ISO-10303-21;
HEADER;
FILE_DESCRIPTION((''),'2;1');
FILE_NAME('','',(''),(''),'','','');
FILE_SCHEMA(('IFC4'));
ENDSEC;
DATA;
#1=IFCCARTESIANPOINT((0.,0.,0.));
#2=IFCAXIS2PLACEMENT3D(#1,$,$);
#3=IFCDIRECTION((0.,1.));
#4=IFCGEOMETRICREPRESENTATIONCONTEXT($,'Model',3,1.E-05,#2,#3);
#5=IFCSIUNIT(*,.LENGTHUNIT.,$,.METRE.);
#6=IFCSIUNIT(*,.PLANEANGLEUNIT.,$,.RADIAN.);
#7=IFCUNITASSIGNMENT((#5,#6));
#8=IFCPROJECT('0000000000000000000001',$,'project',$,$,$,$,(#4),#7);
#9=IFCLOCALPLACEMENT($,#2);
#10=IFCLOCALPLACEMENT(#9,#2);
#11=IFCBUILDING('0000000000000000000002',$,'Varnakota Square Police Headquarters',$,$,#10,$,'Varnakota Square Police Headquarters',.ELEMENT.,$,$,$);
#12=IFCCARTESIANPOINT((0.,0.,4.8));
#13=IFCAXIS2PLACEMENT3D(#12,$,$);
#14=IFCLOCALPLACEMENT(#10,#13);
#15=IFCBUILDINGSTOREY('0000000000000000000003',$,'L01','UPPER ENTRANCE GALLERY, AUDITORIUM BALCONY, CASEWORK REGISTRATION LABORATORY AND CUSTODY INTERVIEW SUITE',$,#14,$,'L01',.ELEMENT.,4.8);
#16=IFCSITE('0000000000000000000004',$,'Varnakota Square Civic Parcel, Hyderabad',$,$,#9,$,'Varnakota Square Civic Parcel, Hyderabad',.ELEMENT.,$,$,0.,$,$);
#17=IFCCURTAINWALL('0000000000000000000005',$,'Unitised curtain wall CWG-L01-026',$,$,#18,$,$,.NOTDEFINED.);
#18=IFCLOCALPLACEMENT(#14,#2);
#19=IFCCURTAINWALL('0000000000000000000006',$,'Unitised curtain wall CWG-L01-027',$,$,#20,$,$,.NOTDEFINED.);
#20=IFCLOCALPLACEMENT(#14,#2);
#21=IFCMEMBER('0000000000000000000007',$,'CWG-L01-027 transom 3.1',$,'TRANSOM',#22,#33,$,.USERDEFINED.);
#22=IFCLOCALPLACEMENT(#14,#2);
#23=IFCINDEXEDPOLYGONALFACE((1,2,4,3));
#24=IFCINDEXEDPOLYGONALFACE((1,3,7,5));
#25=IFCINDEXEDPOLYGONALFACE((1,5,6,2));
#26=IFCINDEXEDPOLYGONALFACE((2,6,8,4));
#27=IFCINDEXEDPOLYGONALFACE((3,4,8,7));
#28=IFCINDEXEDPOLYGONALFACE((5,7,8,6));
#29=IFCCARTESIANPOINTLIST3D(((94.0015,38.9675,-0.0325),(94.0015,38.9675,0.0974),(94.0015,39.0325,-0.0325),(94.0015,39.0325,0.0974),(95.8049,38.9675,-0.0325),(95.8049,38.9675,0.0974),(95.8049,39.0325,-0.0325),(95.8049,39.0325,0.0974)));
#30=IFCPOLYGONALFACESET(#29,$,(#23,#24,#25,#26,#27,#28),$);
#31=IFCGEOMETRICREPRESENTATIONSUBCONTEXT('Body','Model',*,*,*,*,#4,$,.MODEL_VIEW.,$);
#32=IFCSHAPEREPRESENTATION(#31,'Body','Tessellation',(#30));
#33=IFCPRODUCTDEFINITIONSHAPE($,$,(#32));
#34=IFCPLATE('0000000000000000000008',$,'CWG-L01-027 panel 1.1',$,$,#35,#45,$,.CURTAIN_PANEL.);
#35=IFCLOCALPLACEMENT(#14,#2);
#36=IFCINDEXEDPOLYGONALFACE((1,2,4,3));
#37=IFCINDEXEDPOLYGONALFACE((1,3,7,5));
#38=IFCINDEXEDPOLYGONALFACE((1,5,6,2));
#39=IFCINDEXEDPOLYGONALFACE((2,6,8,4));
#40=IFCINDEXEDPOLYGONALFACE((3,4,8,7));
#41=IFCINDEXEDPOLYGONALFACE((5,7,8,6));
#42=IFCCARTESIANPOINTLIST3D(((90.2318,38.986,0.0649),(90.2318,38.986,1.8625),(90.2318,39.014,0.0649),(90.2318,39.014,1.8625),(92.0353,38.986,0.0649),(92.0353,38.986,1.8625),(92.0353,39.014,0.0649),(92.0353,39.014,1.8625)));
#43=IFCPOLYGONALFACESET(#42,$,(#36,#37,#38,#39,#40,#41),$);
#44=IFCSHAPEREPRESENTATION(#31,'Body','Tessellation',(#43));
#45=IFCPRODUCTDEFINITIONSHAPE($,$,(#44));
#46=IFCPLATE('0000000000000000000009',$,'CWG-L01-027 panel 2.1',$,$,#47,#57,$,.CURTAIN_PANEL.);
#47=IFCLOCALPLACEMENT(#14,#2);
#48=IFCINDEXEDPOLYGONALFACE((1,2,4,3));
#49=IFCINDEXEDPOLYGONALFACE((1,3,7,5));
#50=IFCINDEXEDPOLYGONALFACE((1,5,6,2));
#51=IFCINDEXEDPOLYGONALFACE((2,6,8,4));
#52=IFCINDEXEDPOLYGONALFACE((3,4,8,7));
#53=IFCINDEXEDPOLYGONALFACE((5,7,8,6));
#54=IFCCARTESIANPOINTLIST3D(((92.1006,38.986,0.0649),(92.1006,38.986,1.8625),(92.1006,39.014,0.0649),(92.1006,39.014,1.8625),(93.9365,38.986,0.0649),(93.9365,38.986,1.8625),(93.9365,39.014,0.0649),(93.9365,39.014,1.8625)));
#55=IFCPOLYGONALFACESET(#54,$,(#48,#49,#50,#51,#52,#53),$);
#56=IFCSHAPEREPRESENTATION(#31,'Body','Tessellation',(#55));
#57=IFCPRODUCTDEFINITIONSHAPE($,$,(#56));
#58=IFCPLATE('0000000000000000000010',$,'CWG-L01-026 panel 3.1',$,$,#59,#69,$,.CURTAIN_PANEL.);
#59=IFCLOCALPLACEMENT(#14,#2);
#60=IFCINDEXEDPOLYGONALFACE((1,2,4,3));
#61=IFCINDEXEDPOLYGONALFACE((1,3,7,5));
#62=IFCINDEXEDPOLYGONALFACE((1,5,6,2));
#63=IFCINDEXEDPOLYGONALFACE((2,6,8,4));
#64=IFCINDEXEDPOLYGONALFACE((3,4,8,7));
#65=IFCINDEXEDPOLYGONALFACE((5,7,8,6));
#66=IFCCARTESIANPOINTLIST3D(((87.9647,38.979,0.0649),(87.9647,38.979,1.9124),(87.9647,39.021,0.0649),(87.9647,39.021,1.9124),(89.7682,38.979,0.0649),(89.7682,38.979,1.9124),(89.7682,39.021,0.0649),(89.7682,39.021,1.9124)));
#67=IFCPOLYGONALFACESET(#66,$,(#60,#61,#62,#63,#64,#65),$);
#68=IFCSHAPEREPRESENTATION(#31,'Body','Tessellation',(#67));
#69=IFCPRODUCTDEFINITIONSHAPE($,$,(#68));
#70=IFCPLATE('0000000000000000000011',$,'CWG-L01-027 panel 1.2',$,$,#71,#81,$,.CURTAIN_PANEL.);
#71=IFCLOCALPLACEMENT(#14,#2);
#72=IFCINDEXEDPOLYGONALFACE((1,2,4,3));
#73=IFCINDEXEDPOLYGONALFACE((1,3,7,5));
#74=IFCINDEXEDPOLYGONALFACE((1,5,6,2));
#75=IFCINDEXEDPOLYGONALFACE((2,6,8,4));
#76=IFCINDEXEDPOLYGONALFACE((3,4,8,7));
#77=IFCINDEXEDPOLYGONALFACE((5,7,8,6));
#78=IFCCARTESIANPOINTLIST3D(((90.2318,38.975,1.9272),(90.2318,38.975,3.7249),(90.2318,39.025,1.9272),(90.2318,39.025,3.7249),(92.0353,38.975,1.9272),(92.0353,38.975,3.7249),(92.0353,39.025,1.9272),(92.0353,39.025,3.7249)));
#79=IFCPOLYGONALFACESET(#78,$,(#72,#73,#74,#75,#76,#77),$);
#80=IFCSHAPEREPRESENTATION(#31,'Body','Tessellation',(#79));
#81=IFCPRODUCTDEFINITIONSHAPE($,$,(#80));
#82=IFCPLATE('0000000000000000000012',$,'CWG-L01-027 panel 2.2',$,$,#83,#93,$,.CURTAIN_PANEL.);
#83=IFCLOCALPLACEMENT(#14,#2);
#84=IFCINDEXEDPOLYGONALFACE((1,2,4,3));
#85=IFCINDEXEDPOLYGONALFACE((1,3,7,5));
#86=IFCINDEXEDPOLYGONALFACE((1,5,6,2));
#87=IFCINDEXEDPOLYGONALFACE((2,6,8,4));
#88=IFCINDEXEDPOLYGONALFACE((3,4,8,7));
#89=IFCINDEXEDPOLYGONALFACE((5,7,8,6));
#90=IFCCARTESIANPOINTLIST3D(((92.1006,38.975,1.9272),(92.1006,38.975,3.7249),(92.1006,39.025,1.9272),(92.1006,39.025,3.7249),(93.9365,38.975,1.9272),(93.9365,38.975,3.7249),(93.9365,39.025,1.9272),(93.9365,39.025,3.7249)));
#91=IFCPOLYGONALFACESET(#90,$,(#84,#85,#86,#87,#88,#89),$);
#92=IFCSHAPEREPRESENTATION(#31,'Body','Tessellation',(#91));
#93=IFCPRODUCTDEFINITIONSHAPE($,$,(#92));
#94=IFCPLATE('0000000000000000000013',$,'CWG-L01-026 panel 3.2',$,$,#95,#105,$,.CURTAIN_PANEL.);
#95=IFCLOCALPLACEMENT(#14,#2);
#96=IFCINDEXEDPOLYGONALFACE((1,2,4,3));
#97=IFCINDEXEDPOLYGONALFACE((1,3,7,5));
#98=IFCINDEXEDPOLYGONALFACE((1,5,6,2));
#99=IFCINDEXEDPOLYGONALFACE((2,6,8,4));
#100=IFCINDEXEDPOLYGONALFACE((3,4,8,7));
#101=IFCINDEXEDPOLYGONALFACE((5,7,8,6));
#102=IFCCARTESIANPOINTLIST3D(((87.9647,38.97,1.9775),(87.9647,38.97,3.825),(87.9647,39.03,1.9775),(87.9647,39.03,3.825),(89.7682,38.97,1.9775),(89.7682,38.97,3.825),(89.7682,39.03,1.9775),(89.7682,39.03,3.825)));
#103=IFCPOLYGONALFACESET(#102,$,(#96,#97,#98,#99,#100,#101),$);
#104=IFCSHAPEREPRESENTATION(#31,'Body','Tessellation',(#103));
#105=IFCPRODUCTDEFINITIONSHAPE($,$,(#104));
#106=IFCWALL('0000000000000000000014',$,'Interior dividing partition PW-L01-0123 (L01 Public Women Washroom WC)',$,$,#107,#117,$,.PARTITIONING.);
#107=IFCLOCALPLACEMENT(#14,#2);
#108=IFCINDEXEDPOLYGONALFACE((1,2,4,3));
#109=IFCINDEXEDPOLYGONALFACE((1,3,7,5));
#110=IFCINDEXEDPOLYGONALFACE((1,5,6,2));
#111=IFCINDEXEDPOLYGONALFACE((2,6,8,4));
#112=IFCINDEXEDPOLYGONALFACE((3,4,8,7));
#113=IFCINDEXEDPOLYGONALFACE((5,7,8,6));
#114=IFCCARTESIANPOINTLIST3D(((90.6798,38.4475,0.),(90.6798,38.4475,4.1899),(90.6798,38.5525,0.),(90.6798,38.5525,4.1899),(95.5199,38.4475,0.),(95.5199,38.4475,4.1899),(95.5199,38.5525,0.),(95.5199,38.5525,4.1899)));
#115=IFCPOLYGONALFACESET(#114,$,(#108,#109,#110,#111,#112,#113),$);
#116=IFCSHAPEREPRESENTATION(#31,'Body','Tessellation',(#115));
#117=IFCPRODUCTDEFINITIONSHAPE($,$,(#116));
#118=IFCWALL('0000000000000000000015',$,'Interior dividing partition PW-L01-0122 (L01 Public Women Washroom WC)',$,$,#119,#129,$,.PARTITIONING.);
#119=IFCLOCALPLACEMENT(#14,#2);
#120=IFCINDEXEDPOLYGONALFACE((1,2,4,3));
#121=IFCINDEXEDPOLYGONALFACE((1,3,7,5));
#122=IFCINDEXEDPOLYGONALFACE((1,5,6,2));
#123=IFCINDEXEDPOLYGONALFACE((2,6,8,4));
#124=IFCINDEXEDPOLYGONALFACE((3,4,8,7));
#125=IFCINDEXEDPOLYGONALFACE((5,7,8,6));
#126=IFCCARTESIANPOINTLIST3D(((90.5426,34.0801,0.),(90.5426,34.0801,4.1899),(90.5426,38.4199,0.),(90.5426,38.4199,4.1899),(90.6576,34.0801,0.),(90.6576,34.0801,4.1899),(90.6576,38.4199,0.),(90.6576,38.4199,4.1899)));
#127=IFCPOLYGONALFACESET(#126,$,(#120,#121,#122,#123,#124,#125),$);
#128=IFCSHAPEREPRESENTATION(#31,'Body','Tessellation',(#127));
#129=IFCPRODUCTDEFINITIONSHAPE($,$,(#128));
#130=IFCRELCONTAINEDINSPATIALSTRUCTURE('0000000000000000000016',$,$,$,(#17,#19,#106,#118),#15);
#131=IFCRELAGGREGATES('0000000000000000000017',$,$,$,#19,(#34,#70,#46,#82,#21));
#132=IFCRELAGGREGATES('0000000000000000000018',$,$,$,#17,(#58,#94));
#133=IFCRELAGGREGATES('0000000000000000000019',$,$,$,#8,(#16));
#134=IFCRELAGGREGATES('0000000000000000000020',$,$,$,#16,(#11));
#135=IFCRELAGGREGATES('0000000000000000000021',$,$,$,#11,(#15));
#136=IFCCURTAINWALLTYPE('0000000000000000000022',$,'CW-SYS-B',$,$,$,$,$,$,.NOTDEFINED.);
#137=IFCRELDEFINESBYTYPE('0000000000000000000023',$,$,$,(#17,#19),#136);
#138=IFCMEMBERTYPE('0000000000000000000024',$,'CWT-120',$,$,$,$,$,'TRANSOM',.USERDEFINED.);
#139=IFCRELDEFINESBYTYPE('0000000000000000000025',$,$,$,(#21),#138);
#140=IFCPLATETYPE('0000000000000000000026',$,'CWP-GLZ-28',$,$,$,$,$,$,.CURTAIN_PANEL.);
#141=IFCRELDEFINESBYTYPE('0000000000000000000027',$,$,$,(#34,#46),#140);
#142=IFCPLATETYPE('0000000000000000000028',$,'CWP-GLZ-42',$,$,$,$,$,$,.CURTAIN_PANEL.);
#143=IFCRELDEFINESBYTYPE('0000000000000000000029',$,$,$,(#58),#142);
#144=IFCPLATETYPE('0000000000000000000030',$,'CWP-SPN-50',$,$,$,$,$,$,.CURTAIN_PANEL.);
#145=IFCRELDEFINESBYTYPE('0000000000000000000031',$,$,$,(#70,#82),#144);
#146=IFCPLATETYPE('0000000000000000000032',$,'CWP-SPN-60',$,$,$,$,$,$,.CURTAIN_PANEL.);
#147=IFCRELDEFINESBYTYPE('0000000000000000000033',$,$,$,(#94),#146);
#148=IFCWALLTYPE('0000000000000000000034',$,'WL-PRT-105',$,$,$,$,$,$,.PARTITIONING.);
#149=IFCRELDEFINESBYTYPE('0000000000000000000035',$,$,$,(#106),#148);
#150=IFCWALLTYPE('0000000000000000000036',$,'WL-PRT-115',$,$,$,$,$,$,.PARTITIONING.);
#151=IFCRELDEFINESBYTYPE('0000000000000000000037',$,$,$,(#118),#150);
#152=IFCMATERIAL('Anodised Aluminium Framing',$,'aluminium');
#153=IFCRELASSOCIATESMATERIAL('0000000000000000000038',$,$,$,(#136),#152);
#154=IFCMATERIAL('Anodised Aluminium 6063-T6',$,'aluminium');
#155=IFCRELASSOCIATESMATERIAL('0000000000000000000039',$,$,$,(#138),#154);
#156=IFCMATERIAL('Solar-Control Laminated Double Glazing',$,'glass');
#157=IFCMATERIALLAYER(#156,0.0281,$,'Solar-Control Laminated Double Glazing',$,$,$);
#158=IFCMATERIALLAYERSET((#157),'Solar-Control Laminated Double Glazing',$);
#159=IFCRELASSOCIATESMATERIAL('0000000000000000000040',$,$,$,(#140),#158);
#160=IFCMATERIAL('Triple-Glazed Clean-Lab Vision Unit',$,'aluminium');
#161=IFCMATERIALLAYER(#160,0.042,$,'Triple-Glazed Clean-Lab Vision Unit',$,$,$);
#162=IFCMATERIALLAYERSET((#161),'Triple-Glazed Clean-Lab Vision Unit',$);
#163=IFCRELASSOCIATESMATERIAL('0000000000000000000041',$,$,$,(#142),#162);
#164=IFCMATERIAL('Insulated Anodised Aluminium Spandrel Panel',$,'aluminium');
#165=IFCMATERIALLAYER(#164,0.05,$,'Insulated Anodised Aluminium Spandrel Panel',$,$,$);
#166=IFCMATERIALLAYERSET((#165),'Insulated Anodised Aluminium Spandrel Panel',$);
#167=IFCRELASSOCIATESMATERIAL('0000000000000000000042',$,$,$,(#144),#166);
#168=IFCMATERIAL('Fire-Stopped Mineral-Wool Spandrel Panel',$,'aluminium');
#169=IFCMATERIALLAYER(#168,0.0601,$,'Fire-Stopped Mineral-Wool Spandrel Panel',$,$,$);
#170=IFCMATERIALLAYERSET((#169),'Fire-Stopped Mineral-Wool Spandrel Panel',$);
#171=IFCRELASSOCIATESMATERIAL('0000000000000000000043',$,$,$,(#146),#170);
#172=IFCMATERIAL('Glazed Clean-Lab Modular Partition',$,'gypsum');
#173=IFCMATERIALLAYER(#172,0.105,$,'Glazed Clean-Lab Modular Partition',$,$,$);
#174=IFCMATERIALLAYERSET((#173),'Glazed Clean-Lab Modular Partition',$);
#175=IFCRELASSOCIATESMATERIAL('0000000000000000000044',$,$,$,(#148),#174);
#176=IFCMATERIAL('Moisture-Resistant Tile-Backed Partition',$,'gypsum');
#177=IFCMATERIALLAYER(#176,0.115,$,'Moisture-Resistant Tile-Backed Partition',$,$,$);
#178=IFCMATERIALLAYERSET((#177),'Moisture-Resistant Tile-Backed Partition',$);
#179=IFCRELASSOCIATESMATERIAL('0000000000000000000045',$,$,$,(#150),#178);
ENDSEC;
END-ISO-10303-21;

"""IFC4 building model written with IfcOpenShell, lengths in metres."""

from ifc_helpers import new_model, si_unit, direction, frame, frame_2d, origin, origin_2d, place, context, subcontext, project, spatial, rectangle, extrude, material, layer, layer_set, material_profile, profile_set, type_object, element, aggregate, save


model = new_model("IFC4")

# Units and contexts
model_context = context("Model", 3, precision=1e-05, world=origin(), true_north=direction((0.0, 1.0)))
body_context = subcontext(model_context, "Body", "Model", "MODEL_VIEW")
ifc_project = project(units=[si_unit("LENGTHUNIT", "METRE"), si_unit("PLANEANGLEUNIT", "RADIAN")], contexts=[model_context])

# Site, building, storey
site_placement = place(None, origin())
site = spatial("IfcSite", under=ifc_project, at=site_placement, Name="Varnakota Square Civic Parcel, Hyderabad", LongName="Varnakota Square Civic Parcel, Hyderabad", CompositionType="ELEMENT", RefElevation=0.0)
building_placement = place(site_placement, origin())
building = spatial("IfcBuilding", under=site, at=building_placement, Name="Varnakota Square Police Headquarters", LongName="Varnakota Square Police Headquarters", CompositionType="ELEMENT")
storey_placement = place(building_placement, frame((0.0, 0.0, 4.8)))
storey = spatial("IfcBuildingStorey", under=building, at=storey_placement, Name="L01", Description="UPPER ENTRANCE GALLERY, AUDITORIUM BALCONY, CASEWORK REGISTRATION LABORATORY AND CUSTODY INTERVIEW SUITE", LongName="L01", CompositionType="ELEMENT", Elevation=4.8)

# Curtain wall
ifc_material_1 = material(Name="Anodised Aluminium Framing", Category="aluminium")
curtain_wall_type = type_object("IfcCurtainWallType", Name="CW-SYS-B", PredefinedType="NOTDEFINED", material=ifc_material_1)
curtain_wall_1_placement = place(storey_placement, origin())
curtain_wall_1 = element("IfcCurtainWall", 1, at=curtain_wall_1_placement, inside=storey, type_object=curtain_wall_type, Name="Unitised curtain wall CWG-L01-026", PredefinedType="NOTDEFINED")
ifc_material_2 = material(Name="Anodised Aluminium 6063-T6", Category="aluminium")

# Curtain wall, member, plates
curtain_wall_2_placement = place(storey_placement, origin())
curtain_wall_2 = element("IfcCurtainWall", 2, at=curtain_wall_2_placement, inside=storey, type_object=curtain_wall_type, Name="Unitised curtain wall CWG-L01-027", PredefinedType="NOTDEFINED")
ifc_material_profile_1 = material_profile(ifc_material_2, rectangle(XDim=0.0649, YDim=0.1299, at=origin_2d()), Name="ALU TRANSOM 65x130")
ifc_profile_set_1 = profile_set([ifc_material_profile_1], Name="Anodised Aluminium 6063-T6")
member_type_1 = type_object("IfcMemberType", Name="CWT-120", ElementType="TRANSOM", PredefinedType="USERDEFINED", material=ifc_profile_set_1)
member_1_placement = place(storey_placement, frame((94.0015, 39.0, 0.0325), z_axis=(1.0, 0.0, 0.0), x_axis=(0.0, 1.0, 0.0)))
member_1 = element("IfcMember", 3, at=member_1_placement, type_object=member_type_1, Name="CWG-L01-027 transom 3.1", ObjectType="TRANSOM", PredefinedType="USERDEFINED", context=body_context, shape_type="SweptSolid", body=[
    extrude(rectangle(XDim=0.0649, YDim=0.1299, at=origin_2d()), origin(), (0.0, 0.0, 1.0), 1.8035),
])
ifc_material_3 = material(Name="Solar-Control Laminated Double Glazing", Category="glass")
ifc_layer_1 = layer(ifc_material_3, 0.0281, Name="Solar-Control Laminated Double Glazing")
ifc_layer_set_1 = layer_set([ifc_layer_1], Name="Solar-Control Laminated Double Glazing")
plate_type_1 = type_object("IfcPlateType", Name="CWP-GLZ-28", PredefinedType="CURTAIN_PANEL", material=ifc_layer_set_1)
plate_1_placement = place(storey_placement, frame((91.1335, 39.0, 0.0649), z_axis=(0.0, 0.0, 1.0), x_axis=(1.0, 0.0, 0.0)))
plate_1 = element("IfcPlate", 4, at=plate_1_placement, type_object=plate_type_1, Name="CWG-L01-027 panel 1.1", PredefinedType="CURTAIN_PANEL", context=body_context, shape_type="SweptSolid", body=[
    extrude(rectangle(XDim=1.8035, YDim=0.0281, at=origin_2d()), origin(), (0.0, 0.0, 1.0), 1.7976),
])
plate_2_placement = place(storey_placement, frame((93.0186, 39.0, 0.0649), z_axis=(0.0, 0.0, 1.0), x_axis=(1.0, 0.0, 0.0)))
plate_2 = element("IfcPlate", 5, at=plate_2_placement, type_object=plate_type_1, Name="CWG-L01-027 panel 2.1", PredefinedType="CURTAIN_PANEL", context=body_context, shape_type="SweptSolid", body=[
    extrude(rectangle(XDim=1.8359, YDim=0.0281, at=origin_2d()), origin(), (0.0, 0.0, 1.0), 1.7976),
])

# Plates
ifc_material_4 = material(Name="Triple-Glazed Clean-Lab Vision Unit", Category="aluminium")
ifc_layer_2 = layer(ifc_material_4, 0.042, Name="Triple-Glazed Clean-Lab Vision Unit")
ifc_layer_set_2 = layer_set([ifc_layer_2], Name="Triple-Glazed Clean-Lab Vision Unit")
plate_type_2 = type_object("IfcPlateType", Name="CWP-GLZ-42", PredefinedType="CURTAIN_PANEL", material=ifc_layer_set_2)
plate_3_placement = place(storey_placement, frame((88.8665, 39.0, 0.0649), z_axis=(0.0, 0.0, 1.0), x_axis=(1.0, 0.0, 0.0)))
plate_3 = element("IfcPlate", 6, at=plate_3_placement, type_object=plate_type_2, Name="CWG-L01-026 panel 3.1", PredefinedType="CURTAIN_PANEL", context=body_context, shape_type="SweptSolid", body=[
    extrude(rectangle(XDim=1.8035, YDim=0.042, at=origin_2d()), origin(), (0.0, 0.0, 1.0), 1.8474),
])
ifc_material_5 = material(Name="Insulated Anodised Aluminium Spandrel Panel", Category="aluminium")
ifc_layer_3 = layer(ifc_material_5, 0.05, Name="Insulated Anodised Aluminium Spandrel Panel")
ifc_layer_set_3 = layer_set([ifc_layer_3], Name="Insulated Anodised Aluminium Spandrel Panel")
plate_type_3 = type_object("IfcPlateType", Name="CWP-SPN-50", PredefinedType="CURTAIN_PANEL", material=ifc_layer_set_3)
plate_4_placement = place(storey_placement, frame((91.1335, 39.0, 1.9272), z_axis=(0.0, 0.0, 1.0), x_axis=(1.0, 0.0, 0.0)))
plate_4 = element("IfcPlate", 7, at=plate_4_placement, type_object=plate_type_3, Name="CWG-L01-027 panel 1.2", PredefinedType="CURTAIN_PANEL", context=body_context, shape_type="SweptSolid", body=[
    extrude(rectangle(XDim=1.8035, YDim=0.05, at=origin_2d()), origin(), (0.0, 0.0, 1.0), 1.7976),
])
plate_5_placement = place(storey_placement, frame((93.0186, 39.0, 1.9272), z_axis=(0.0, 0.0, 1.0), x_axis=(1.0, 0.0, 0.0)))
plate_5 = element("IfcPlate", 8, at=plate_5_placement, type_object=plate_type_3, Name="CWG-L01-027 panel 2.2", PredefinedType="CURTAIN_PANEL", context=body_context, shape_type="SweptSolid", body=[
    extrude(rectangle(XDim=1.8359, YDim=0.05, at=origin_2d()), origin(), (0.0, 0.0, 1.0), 1.7976),
])
aggregate(curtain_wall_2, [plate_1, plate_4, plate_2, plate_5, member_1])
ifc_material_6 = material(Name="Fire-Stopped Mineral-Wool Spandrel Panel", Category="aluminium")
ifc_layer_4 = layer(ifc_material_6, 0.0601, Name="Fire-Stopped Mineral-Wool Spandrel Panel")
ifc_layer_set_4 = layer_set([ifc_layer_4], Name="Fire-Stopped Mineral-Wool Spandrel Panel")
plate_type_4 = type_object("IfcPlateType", Name="CWP-SPN-60", PredefinedType="CURTAIN_PANEL", material=ifc_layer_set_4)
plate_6_placement = place(storey_placement, frame((88.8665, 39.0, 1.9775), z_axis=(0.0, 0.0, 1.0), x_axis=(1.0, 0.0, 0.0)))
plate_6 = element("IfcPlate", 9, at=plate_6_placement, type_object=plate_type_4, Name="CWG-L01-026 panel 3.2", PredefinedType="CURTAIN_PANEL", context=body_context, shape_type="SweptSolid", body=[
    extrude(rectangle(XDim=1.8035, YDim=0.0601, at=origin_2d()), origin(), (0.0, 0.0, 1.0), 1.8474),
])
aggregate(curtain_wall_1, [plate_3, plate_6])

# Walls
ifc_material_7 = material(Name="Glazed Clean-Lab Modular Partition", Category="gypsum")
ifc_layer_5 = layer(ifc_material_7, 0.105, Name="Glazed Clean-Lab Modular Partition")
ifc_layer_set_5 = layer_set([ifc_layer_5], Name="Glazed Clean-Lab Modular Partition")
wall_type_1 = type_object("IfcWallType", Name="WL-PRT-105", PredefinedType="PARTITIONING", material=ifc_layer_set_5)
wall_1_placement = place(storey_placement, frame((90.6799, 38.5, 0.0), z_axis=(0.0, 0.0, 1.0), x_axis=(1.0, 0.0, 0.0)))
element("IfcWall", 10, at=wall_1_placement, inside=storey, type_object=wall_type_1, Name="Interior dividing partition PW-L01-0123 (L01 Public Women Washroom WC)", PredefinedType="PARTITIONING", context=body_context, shape_type="SweptSolid", body=[
    extrude(rectangle(XDim=4.8401, YDim=0.105, at=frame_2d((2.4199, 0.0))), origin(), (0.0, 0.0, 1.0), 4.1899),
])
ifc_material_8 = material(Name="Moisture-Resistant Tile-Backed Partition", Category="gypsum")
ifc_layer_6 = layer(ifc_material_8, 0.115, Name="Moisture-Resistant Tile-Backed Partition")
ifc_layer_set_6 = layer_set([ifc_layer_6], Name="Moisture-Resistant Tile-Backed Partition")
wall_type_2 = type_object("IfcWallType", Name="WL-PRT-115", PredefinedType="PARTITIONING", material=ifc_layer_set_6)
wall_2_placement = place(storey_placement, frame((90.6001, 34.0801, 0.0), z_axis=(0.0, 0.0, 1.0), x_axis=(0.0, 1.0, 0.0)))
element("IfcWall", 11, at=wall_2_placement, inside=storey, type_object=wall_type_2, Name="Interior dividing partition PW-L01-0122 (L01 Public Women Washroom WC)", PredefinedType="PARTITIONING", context=body_context, shape_type="SweptSolid", body=[
    extrude(rectangle(XDim=4.3398, YDim=0.115, at=frame_2d((2.1699, 0.0))), origin(), (0.0, 0.0, 1.0), 4.1899),
])

save(model, "model.ifc")
